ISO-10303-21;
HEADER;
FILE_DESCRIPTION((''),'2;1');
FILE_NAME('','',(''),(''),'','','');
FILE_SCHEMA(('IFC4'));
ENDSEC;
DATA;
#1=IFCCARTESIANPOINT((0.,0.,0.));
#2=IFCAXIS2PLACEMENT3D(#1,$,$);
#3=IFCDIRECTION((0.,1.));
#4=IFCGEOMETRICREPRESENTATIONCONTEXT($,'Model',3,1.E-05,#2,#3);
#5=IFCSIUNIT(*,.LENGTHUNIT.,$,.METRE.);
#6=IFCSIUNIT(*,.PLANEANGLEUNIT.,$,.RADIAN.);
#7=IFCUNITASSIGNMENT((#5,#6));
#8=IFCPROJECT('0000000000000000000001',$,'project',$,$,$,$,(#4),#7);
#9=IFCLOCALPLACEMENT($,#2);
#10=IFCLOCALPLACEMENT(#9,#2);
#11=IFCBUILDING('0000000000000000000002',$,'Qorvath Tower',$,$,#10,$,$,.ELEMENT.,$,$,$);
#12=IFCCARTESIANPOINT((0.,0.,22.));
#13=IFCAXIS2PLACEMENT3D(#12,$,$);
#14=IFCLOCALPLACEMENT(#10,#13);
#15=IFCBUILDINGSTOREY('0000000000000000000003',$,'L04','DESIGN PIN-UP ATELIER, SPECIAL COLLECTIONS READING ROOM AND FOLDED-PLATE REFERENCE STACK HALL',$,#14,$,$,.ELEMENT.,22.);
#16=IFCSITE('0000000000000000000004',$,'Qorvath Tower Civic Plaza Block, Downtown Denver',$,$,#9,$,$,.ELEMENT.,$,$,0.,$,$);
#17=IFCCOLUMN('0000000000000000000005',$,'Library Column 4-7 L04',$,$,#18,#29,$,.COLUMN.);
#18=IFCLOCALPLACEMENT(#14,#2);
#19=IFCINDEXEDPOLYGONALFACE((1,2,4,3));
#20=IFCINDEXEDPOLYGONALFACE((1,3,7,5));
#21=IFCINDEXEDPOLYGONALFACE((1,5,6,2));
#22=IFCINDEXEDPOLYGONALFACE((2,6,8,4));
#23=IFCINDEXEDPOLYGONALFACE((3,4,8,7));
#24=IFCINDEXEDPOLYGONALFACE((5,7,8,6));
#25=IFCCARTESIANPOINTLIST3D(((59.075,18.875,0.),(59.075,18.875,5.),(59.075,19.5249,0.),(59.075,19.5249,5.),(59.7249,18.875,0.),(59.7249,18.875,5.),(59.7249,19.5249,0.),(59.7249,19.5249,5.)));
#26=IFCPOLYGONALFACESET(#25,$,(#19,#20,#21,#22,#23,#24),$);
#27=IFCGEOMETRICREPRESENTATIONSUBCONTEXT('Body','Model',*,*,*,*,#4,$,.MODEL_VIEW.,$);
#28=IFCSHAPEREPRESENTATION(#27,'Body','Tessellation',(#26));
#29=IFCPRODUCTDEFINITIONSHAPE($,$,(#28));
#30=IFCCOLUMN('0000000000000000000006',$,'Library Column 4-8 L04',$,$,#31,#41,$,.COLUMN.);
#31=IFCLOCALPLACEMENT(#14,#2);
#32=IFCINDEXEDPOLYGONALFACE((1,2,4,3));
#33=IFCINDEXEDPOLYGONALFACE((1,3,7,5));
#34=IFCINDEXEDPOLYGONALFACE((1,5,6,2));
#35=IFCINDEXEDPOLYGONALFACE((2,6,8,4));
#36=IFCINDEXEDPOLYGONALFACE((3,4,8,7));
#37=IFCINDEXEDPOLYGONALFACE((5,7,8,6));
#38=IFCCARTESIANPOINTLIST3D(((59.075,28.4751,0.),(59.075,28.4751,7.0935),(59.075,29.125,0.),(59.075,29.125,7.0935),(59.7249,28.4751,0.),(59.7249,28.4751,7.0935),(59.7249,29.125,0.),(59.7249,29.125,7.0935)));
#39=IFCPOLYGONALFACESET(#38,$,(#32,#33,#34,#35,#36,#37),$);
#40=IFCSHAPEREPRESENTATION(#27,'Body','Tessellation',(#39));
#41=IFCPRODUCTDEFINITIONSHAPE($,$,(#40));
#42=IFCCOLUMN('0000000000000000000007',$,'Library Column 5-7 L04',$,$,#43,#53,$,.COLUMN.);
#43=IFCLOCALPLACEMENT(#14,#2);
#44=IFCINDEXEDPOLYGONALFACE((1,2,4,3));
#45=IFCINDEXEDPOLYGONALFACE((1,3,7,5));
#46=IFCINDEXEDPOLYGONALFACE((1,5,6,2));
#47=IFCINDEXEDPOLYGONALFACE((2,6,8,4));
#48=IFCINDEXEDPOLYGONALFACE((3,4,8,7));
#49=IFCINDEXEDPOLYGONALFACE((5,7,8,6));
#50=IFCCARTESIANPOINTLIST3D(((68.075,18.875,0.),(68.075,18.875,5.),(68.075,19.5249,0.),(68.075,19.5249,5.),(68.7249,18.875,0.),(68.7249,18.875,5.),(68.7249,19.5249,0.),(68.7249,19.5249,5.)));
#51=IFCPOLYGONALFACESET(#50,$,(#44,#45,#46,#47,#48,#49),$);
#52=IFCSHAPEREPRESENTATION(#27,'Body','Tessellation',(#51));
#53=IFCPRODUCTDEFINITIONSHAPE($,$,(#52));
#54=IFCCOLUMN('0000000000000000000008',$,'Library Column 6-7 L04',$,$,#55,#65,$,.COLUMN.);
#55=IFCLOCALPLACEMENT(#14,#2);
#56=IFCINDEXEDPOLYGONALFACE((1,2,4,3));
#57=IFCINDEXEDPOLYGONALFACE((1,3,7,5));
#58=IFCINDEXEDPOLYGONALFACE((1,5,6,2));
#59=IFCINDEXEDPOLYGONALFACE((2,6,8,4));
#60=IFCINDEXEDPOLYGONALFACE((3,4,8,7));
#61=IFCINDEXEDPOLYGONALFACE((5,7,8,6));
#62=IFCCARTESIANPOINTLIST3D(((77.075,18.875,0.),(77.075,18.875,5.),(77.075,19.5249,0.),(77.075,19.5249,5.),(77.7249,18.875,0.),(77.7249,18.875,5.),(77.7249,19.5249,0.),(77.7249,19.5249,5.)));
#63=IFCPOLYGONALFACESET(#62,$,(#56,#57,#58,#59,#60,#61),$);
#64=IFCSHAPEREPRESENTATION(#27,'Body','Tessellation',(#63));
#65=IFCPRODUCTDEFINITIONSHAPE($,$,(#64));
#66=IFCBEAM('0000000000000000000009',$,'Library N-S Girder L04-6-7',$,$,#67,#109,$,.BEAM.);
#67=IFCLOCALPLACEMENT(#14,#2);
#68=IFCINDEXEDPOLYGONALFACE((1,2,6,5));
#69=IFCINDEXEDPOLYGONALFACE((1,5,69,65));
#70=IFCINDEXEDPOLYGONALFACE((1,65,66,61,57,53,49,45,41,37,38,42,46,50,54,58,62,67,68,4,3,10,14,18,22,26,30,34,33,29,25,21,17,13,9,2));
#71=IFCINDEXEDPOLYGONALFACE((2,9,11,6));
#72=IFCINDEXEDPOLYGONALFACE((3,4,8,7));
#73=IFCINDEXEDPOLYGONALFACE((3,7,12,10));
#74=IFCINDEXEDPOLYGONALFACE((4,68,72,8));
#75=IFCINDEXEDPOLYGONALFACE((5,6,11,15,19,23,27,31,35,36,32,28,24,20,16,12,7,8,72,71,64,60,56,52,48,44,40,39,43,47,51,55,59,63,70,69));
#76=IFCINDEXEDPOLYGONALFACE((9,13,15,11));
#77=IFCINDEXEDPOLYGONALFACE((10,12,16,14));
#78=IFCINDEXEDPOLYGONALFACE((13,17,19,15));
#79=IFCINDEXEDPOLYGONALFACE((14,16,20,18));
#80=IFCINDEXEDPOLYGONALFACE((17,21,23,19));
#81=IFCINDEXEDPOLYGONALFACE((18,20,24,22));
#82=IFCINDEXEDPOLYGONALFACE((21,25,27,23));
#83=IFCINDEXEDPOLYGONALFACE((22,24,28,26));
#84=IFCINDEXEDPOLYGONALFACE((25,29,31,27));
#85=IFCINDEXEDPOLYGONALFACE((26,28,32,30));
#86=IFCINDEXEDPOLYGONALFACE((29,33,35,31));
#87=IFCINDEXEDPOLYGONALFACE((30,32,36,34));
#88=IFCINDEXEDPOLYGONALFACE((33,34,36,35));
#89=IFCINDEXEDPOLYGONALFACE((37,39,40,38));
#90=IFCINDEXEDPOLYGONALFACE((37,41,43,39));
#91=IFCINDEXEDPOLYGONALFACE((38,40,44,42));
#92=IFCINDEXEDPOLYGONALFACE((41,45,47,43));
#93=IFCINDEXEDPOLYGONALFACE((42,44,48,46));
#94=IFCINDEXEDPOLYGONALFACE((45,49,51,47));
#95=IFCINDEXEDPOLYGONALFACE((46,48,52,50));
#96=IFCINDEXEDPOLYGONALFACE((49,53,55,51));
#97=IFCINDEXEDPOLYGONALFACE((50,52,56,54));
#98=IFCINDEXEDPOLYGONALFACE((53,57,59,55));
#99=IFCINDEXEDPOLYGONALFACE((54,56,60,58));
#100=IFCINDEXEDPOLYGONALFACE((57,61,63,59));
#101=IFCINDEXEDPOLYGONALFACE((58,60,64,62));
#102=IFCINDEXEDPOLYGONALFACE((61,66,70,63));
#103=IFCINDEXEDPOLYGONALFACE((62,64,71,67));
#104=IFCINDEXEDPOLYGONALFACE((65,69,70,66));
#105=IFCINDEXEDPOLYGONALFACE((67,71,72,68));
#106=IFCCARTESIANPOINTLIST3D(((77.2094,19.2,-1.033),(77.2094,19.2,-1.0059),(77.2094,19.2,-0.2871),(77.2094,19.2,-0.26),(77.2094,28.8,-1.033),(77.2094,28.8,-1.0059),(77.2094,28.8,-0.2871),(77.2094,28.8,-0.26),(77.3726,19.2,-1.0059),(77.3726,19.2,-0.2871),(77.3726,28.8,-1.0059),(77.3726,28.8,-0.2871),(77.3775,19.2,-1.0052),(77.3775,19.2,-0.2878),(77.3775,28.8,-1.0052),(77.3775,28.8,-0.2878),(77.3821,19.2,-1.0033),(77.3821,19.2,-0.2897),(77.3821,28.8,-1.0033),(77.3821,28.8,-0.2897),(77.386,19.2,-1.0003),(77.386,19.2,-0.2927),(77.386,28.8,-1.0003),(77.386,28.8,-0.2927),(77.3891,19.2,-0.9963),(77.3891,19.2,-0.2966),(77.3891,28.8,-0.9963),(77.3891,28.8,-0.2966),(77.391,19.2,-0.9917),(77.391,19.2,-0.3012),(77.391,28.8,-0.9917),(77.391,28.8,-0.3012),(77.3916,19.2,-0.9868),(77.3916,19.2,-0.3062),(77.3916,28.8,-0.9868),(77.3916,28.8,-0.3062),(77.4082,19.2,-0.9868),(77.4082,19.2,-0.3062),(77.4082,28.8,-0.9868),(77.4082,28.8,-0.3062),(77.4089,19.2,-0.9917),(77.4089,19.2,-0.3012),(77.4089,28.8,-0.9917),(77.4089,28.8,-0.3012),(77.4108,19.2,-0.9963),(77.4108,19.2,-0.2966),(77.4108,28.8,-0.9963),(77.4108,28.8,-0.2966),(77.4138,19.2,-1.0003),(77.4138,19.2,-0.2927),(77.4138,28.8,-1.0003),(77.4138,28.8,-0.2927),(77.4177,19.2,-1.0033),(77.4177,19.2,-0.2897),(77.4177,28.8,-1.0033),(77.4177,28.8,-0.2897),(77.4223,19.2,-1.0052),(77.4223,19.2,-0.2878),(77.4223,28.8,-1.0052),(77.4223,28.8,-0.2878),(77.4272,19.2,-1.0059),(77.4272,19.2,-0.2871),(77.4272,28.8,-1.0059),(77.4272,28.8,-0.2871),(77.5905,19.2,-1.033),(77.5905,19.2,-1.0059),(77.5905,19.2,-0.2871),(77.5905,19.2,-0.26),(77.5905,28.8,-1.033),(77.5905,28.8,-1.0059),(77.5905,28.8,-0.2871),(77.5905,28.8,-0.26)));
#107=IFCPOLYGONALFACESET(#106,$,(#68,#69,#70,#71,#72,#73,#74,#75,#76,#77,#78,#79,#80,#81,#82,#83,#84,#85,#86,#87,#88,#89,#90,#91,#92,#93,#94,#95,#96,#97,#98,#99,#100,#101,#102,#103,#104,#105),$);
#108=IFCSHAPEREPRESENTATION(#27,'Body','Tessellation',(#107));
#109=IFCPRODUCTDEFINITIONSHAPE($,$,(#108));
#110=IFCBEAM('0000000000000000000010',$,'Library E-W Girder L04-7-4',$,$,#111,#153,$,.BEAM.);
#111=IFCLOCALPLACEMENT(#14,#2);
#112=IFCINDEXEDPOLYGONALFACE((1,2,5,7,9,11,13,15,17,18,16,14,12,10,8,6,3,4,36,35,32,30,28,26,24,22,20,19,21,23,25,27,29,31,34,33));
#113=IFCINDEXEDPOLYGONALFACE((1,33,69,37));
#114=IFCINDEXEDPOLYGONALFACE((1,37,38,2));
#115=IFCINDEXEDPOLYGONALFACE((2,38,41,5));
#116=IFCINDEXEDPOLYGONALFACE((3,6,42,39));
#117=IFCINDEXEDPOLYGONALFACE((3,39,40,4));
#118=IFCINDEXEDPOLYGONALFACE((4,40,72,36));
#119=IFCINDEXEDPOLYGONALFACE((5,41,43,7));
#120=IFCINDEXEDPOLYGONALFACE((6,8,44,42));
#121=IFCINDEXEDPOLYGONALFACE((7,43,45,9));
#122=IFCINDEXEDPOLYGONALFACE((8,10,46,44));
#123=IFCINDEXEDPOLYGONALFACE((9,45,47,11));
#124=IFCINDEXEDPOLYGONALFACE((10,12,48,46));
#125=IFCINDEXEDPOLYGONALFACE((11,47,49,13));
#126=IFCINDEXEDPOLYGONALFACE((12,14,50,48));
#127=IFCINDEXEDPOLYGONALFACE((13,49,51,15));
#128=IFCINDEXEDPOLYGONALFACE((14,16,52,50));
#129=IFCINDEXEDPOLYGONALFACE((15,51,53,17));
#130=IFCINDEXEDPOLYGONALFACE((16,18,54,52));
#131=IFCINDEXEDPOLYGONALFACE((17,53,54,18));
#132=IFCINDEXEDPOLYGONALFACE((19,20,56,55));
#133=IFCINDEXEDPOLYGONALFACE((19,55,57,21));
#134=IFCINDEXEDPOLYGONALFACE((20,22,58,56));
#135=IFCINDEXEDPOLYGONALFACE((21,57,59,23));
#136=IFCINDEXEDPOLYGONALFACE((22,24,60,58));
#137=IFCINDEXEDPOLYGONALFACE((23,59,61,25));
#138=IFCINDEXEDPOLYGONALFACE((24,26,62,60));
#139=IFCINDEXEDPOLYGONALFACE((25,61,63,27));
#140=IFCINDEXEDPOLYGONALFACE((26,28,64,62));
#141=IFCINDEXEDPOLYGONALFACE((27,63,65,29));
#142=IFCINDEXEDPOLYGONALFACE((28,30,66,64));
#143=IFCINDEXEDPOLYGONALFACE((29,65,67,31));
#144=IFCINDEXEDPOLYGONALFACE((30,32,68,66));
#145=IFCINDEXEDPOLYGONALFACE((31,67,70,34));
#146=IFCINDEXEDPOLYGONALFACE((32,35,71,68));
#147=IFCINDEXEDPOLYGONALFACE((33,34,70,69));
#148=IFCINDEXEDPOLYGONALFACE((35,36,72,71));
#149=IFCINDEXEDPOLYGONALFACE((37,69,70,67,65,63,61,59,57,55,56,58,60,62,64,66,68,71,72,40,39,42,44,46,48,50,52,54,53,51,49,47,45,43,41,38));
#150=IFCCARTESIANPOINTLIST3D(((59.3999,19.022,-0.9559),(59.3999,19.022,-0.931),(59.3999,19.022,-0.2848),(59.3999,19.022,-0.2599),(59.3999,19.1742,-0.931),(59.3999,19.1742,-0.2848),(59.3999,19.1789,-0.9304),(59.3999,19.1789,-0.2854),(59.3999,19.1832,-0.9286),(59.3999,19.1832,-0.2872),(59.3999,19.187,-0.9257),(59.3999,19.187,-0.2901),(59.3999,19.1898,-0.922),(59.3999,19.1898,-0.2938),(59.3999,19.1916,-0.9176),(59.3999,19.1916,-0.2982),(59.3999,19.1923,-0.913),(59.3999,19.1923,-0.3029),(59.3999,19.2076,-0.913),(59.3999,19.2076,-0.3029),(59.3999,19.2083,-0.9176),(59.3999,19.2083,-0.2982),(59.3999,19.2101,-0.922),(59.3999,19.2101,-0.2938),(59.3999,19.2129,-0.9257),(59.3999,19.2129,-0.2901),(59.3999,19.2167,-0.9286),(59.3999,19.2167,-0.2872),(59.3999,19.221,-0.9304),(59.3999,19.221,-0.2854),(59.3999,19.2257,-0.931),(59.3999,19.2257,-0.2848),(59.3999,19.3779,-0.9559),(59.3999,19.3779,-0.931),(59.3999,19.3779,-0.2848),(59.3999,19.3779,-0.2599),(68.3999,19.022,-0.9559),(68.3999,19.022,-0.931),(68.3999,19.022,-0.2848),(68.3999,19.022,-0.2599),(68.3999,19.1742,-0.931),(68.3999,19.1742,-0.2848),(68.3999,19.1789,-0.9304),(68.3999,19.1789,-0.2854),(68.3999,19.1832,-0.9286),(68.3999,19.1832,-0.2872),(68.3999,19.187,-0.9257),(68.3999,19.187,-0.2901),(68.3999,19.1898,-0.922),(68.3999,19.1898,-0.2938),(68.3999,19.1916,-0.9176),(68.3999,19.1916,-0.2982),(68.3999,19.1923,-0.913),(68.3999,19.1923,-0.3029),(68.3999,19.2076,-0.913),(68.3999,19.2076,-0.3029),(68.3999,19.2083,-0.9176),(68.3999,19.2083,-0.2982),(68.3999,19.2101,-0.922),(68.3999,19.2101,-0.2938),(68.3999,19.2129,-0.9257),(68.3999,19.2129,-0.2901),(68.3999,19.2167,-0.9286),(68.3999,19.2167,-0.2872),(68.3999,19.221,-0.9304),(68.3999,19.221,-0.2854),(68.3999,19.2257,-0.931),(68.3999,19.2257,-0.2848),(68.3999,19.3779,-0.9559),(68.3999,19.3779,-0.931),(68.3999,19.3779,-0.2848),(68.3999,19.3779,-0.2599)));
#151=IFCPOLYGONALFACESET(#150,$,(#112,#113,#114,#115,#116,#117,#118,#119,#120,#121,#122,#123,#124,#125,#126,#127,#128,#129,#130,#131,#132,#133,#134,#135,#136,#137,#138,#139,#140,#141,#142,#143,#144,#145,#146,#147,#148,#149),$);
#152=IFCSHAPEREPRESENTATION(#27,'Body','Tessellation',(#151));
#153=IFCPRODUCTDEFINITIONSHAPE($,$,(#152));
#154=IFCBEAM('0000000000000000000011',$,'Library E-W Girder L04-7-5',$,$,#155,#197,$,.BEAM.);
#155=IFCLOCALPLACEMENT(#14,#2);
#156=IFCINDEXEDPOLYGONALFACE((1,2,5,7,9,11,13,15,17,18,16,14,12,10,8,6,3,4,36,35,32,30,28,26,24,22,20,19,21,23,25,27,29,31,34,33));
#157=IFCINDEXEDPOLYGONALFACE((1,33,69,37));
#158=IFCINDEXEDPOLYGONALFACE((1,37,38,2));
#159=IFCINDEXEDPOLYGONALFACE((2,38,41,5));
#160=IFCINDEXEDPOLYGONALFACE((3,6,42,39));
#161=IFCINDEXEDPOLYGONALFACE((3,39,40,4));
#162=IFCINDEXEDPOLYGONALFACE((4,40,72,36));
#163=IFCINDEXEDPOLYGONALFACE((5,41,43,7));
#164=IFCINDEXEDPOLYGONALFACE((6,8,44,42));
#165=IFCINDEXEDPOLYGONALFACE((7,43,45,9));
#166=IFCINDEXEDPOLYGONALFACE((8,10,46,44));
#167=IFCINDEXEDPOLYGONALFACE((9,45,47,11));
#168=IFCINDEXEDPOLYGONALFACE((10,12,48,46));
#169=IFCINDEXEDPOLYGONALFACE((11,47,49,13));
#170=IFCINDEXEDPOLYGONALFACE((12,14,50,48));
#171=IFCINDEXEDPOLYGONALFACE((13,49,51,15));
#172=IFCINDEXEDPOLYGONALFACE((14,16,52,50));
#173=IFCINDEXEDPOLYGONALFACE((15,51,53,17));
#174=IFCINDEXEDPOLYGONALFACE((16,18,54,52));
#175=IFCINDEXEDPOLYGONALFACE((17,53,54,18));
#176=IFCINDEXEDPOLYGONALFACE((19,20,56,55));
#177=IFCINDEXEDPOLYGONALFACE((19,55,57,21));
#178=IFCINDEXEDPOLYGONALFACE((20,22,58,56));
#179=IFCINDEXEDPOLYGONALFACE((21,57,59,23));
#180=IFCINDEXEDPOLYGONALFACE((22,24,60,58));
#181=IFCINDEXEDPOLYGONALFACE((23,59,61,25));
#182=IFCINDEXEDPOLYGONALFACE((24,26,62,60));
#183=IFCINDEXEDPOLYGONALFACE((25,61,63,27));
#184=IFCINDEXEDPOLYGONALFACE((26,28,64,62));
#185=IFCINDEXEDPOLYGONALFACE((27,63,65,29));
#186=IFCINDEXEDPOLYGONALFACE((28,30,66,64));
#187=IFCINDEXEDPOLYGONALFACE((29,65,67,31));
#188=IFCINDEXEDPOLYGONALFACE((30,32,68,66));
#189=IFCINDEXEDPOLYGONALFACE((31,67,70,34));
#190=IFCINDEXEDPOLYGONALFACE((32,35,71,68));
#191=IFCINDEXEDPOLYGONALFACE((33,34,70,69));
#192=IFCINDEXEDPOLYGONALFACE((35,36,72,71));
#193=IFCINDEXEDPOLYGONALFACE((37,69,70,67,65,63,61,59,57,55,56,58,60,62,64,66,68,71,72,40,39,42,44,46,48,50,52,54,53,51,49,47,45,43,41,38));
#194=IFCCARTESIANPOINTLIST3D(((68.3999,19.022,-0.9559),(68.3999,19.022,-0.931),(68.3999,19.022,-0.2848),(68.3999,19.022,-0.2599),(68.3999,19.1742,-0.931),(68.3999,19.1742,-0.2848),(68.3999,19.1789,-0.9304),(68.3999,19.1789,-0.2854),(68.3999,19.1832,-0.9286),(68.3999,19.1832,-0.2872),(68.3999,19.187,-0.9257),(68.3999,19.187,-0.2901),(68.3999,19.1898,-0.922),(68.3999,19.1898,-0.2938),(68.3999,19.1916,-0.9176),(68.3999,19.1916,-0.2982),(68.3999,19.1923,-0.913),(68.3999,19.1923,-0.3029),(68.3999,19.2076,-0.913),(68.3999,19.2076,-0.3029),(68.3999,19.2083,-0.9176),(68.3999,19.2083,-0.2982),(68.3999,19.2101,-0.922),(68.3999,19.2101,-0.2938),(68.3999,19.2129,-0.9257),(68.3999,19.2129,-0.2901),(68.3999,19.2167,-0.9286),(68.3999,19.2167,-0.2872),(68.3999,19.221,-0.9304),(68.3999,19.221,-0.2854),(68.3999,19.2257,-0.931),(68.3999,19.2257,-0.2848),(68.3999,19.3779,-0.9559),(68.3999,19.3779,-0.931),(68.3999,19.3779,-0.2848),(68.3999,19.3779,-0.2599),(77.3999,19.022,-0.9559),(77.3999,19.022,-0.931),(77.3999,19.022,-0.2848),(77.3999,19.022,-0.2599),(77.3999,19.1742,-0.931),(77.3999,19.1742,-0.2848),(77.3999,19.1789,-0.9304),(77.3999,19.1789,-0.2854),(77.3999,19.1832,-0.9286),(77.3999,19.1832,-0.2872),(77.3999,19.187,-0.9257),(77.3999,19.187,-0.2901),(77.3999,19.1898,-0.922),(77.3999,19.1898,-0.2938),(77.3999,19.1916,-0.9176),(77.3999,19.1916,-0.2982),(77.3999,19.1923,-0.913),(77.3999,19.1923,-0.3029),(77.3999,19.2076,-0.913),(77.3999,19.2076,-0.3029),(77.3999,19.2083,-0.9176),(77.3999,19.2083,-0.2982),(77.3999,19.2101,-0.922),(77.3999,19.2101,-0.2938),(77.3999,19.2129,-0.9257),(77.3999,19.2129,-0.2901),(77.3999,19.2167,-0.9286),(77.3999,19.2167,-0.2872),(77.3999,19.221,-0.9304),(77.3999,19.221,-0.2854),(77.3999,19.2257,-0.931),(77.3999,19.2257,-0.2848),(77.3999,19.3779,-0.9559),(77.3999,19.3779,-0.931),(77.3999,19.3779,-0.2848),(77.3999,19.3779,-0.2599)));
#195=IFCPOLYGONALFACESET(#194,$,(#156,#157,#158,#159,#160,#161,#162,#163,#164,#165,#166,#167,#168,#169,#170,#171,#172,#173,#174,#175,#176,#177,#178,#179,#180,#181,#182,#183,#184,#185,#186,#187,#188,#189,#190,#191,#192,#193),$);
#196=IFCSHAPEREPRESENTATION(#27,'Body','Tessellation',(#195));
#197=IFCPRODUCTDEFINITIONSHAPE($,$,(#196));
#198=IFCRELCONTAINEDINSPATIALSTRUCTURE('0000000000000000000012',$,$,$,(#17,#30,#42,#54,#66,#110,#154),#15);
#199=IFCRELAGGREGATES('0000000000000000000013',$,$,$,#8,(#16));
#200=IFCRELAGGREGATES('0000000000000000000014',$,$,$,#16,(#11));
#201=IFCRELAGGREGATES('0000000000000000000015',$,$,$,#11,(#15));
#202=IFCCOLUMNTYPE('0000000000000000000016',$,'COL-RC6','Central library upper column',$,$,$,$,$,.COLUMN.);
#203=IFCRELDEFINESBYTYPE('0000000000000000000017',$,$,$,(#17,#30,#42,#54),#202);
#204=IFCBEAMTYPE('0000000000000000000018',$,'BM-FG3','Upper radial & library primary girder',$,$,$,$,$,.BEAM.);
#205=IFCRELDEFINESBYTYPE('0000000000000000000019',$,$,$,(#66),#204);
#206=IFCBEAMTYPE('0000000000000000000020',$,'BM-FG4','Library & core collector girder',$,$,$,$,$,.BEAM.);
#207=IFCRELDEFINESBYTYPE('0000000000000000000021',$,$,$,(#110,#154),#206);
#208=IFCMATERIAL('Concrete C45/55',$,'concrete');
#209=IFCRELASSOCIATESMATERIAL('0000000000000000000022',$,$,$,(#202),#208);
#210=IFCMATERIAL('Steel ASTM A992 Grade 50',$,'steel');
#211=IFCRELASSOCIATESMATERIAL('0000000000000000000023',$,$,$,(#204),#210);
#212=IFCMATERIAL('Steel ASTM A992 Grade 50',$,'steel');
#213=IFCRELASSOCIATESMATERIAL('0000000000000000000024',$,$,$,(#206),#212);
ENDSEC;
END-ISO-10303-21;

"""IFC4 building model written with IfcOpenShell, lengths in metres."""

from ifc_helpers import new_model, si_unit, direction, frame, origin, origin_2d, place, context, subcontext, project, spatial, rectangle, i_section, extrude, material, material_profile, profile_set, type_object, element, save


model = new_model("IFC4")

# Units and contexts
model_context = context("Model", 3, precision=1e-05, world=origin(), true_north=direction((0.0, 1.0)))
body_context = subcontext(model_context, "Body", "Model", "MODEL_VIEW")
ifc_project = project(units=[si_unit("LENGTHUNIT", "METRE"), si_unit("PLANEANGLEUNIT", "RADIAN")], contexts=[model_context])

# Site, building, storey
site_placement = place(None, origin())
site = spatial("IfcSite", under=ifc_project, at=site_placement, Name="Qorvath Tower Civic Plaza Block, Downtown Denver", CompositionType="ELEMENT", RefElevation=0.0)
building_placement = place(site_placement, origin())
building = spatial("IfcBuilding", under=site, at=building_placement, Name="Qorvath Tower", CompositionType="ELEMENT")
storey_placement = place(building_placement, frame((0.0, 0.0, 22.0)))
storey = spatial("IfcBuildingStorey", under=building, at=storey_placement, Name="L04", Description="DESIGN PIN-UP ATELIER, SPECIAL COLLECTIONS READING ROOM AND FOLDED-PLATE REFERENCE STACK HALL", CompositionType="ELEMENT", Elevation=22.0)

# Columns
ifc_material_1 = material(Name="Concrete C45/55", Category="concrete")
ifc_material_profile_1 = material_profile(ifc_material_1, rectangle(XDim=0.6499, YDim=0.6499, at=origin_2d()), Name="RC 650x650")
ifc_profile_set_1 = profile_set([ifc_material_profile_1], Name="Concrete C45/55")
column_type = type_object("IfcColumnType", Name="COL-RC6", Description="Central library upper column", PredefinedType="COLUMN", material=ifc_profile_set_1)
column_1_placement = place(storey_placement, frame((59.3999, 19.2, 0.0), z_axis=(0.0, 0.0, 1.0), x_axis=(1.0, 0.0, 0.0)))
element("IfcColumn", 1, at=column_1_placement, inside=storey, type_object=column_type, Name="Library Column 4-7 L04", PredefinedType="COLUMN", context=body_context, shape_type="SweptSolid", body=[
    extrude(rectangle(XDim=0.6499, YDim=0.6499, at=origin_2d()), origin(), (0.0, 0.0, 1.0), 5.0),
])
column_2_placement = place(storey_placement, frame((59.3999, 28.8, 0.0), z_axis=(0.0, 0.0, 1.0), x_axis=(1.0, 0.0, 0.0)))
element("IfcColumn", 2, at=column_2_placement, inside=storey, type_object=column_type, Name="Library Column 4-8 L04", PredefinedType="COLUMN", context=body_context, shape_type="SweptSolid", body=[
    extrude(rectangle(XDim=0.6499, YDim=0.6499, at=origin_2d()), origin(), (0.0, 0.0, 1.0), 7.0935),
])
for number, where, z_axis, x_axis, name in (
    (3, (68.3999, 19.2, 0.0), (0.0, 0.0, 1.0), (1.0, 0.0, 0.0), "Library Column 5-7 L04"),
    (4, (77.3999, 19.2, 0.0), (0.0, 0.0, 1.0), (1.0, 0.0, 0.0), "Library Column 6-7 L04"),
):
    element("IfcColumn", number, at=place(storey_placement, frame(where, z_axis=z_axis, x_axis=x_axis)), inside=storey, type_object=column_type, Name=name, PredefinedType="COLUMN", context=body_context, shape_type="SweptSolid", body=[
        extrude(rectangle(XDim=0.6499, YDim=0.6499, at=origin_2d()), origin(), (0.0, 0.0, 1.0), 5.0),
    ])

# Beams
ifc_material_2 = material(Name="Steel ASTM A992 Grade 50", Category="steel")
ifc_material_profile_2 = material_profile(ifc_material_2, i_section(OverallWidth=0.3811, OverallDepth=0.7729, WebThickness=0.0166, FlangeThickness=0.0271, FilletRadius=0.019, at=origin_2d()), Name="W30x173")
ifc_profile_set_2 = profile_set([ifc_material_profile_2], Name="Steel ASTM A992 Grade 50")
beam_type_1 = type_object("IfcBeamType", Name="BM-FG3", Description="Upper radial & library primary girder", PredefinedType="BEAM", material=ifc_profile_set_2)
beam_1_placement = place(storey_placement, frame((77.3999, 19.2, -0.6465), z_axis=(0.0, 1.0, 0.0), x_axis=(-1.0, 0.0, 0.0)))
element("IfcBeam", 5, at=beam_1_placement, inside=storey, type_object=beam_type_1, Name="Library N-S Girder L04-6-7", PredefinedType="BEAM", context=body_context, shape_type="SweptSolid", body=[
    extrude(i_section(OverallWidth=0.3811, OverallDepth=0.7729, WebThickness=0.0166, FlangeThickness=0.0271, FilletRadius=0.019, at=origin_2d()), origin(), (0.0, 0.0, 1.0), 9.6001),
])
ifc_material_3 = material(Name="Steel ASTM A992 Grade 50", Category="steel")
ifc_material_profile_3 = material_profile(ifc_material_3, i_section(OverallWidth=0.356, OverallDepth=0.696, WebThickness=0.0154, FlangeThickness=0.0249, FilletRadius=0.0181, at=origin_2d()), Name="W27x146")
ifc_profile_set_3 = profile_set([ifc_material_profile_3], Name="Steel ASTM A992 Grade 50")
beam_type_2 = type_object("IfcBeamType", Name="BM-FG4", Description="Library & core collector girder", PredefinedType="BEAM", material=ifc_profile_set_3)
for number, where, z_axis, x_axis, name in (
    (6, (59.3999, 19.2, -0.6079), (1.0, 0.0, 0.0), (0.0, 1.0, 0.0), "Library E-W Girder L04-7-4"),
    (7, (68.3999, 19.2, -0.6079), (1.0, 0.0, 0.0), (0.0, 1.0, 0.0), "Library E-W Girder L04-7-5"),
):
    element("IfcBeam", number, at=place(storey_placement, frame(where, z_axis=z_axis, x_axis=x_axis)), inside=storey, type_object=beam_type_2, Name=name, PredefinedType="BEAM", context=body_context, shape_type="SweptSolid", body=[
        extrude(i_section(OverallWidth=0.356, OverallDepth=0.696, WebThickness=0.0154, FlangeThickness=0.0249, FilletRadius=0.0181, at=origin_2d()), origin(), (0.0, 0.0, 1.0), 9.0),
    ])

save(model, "model.ifc")
